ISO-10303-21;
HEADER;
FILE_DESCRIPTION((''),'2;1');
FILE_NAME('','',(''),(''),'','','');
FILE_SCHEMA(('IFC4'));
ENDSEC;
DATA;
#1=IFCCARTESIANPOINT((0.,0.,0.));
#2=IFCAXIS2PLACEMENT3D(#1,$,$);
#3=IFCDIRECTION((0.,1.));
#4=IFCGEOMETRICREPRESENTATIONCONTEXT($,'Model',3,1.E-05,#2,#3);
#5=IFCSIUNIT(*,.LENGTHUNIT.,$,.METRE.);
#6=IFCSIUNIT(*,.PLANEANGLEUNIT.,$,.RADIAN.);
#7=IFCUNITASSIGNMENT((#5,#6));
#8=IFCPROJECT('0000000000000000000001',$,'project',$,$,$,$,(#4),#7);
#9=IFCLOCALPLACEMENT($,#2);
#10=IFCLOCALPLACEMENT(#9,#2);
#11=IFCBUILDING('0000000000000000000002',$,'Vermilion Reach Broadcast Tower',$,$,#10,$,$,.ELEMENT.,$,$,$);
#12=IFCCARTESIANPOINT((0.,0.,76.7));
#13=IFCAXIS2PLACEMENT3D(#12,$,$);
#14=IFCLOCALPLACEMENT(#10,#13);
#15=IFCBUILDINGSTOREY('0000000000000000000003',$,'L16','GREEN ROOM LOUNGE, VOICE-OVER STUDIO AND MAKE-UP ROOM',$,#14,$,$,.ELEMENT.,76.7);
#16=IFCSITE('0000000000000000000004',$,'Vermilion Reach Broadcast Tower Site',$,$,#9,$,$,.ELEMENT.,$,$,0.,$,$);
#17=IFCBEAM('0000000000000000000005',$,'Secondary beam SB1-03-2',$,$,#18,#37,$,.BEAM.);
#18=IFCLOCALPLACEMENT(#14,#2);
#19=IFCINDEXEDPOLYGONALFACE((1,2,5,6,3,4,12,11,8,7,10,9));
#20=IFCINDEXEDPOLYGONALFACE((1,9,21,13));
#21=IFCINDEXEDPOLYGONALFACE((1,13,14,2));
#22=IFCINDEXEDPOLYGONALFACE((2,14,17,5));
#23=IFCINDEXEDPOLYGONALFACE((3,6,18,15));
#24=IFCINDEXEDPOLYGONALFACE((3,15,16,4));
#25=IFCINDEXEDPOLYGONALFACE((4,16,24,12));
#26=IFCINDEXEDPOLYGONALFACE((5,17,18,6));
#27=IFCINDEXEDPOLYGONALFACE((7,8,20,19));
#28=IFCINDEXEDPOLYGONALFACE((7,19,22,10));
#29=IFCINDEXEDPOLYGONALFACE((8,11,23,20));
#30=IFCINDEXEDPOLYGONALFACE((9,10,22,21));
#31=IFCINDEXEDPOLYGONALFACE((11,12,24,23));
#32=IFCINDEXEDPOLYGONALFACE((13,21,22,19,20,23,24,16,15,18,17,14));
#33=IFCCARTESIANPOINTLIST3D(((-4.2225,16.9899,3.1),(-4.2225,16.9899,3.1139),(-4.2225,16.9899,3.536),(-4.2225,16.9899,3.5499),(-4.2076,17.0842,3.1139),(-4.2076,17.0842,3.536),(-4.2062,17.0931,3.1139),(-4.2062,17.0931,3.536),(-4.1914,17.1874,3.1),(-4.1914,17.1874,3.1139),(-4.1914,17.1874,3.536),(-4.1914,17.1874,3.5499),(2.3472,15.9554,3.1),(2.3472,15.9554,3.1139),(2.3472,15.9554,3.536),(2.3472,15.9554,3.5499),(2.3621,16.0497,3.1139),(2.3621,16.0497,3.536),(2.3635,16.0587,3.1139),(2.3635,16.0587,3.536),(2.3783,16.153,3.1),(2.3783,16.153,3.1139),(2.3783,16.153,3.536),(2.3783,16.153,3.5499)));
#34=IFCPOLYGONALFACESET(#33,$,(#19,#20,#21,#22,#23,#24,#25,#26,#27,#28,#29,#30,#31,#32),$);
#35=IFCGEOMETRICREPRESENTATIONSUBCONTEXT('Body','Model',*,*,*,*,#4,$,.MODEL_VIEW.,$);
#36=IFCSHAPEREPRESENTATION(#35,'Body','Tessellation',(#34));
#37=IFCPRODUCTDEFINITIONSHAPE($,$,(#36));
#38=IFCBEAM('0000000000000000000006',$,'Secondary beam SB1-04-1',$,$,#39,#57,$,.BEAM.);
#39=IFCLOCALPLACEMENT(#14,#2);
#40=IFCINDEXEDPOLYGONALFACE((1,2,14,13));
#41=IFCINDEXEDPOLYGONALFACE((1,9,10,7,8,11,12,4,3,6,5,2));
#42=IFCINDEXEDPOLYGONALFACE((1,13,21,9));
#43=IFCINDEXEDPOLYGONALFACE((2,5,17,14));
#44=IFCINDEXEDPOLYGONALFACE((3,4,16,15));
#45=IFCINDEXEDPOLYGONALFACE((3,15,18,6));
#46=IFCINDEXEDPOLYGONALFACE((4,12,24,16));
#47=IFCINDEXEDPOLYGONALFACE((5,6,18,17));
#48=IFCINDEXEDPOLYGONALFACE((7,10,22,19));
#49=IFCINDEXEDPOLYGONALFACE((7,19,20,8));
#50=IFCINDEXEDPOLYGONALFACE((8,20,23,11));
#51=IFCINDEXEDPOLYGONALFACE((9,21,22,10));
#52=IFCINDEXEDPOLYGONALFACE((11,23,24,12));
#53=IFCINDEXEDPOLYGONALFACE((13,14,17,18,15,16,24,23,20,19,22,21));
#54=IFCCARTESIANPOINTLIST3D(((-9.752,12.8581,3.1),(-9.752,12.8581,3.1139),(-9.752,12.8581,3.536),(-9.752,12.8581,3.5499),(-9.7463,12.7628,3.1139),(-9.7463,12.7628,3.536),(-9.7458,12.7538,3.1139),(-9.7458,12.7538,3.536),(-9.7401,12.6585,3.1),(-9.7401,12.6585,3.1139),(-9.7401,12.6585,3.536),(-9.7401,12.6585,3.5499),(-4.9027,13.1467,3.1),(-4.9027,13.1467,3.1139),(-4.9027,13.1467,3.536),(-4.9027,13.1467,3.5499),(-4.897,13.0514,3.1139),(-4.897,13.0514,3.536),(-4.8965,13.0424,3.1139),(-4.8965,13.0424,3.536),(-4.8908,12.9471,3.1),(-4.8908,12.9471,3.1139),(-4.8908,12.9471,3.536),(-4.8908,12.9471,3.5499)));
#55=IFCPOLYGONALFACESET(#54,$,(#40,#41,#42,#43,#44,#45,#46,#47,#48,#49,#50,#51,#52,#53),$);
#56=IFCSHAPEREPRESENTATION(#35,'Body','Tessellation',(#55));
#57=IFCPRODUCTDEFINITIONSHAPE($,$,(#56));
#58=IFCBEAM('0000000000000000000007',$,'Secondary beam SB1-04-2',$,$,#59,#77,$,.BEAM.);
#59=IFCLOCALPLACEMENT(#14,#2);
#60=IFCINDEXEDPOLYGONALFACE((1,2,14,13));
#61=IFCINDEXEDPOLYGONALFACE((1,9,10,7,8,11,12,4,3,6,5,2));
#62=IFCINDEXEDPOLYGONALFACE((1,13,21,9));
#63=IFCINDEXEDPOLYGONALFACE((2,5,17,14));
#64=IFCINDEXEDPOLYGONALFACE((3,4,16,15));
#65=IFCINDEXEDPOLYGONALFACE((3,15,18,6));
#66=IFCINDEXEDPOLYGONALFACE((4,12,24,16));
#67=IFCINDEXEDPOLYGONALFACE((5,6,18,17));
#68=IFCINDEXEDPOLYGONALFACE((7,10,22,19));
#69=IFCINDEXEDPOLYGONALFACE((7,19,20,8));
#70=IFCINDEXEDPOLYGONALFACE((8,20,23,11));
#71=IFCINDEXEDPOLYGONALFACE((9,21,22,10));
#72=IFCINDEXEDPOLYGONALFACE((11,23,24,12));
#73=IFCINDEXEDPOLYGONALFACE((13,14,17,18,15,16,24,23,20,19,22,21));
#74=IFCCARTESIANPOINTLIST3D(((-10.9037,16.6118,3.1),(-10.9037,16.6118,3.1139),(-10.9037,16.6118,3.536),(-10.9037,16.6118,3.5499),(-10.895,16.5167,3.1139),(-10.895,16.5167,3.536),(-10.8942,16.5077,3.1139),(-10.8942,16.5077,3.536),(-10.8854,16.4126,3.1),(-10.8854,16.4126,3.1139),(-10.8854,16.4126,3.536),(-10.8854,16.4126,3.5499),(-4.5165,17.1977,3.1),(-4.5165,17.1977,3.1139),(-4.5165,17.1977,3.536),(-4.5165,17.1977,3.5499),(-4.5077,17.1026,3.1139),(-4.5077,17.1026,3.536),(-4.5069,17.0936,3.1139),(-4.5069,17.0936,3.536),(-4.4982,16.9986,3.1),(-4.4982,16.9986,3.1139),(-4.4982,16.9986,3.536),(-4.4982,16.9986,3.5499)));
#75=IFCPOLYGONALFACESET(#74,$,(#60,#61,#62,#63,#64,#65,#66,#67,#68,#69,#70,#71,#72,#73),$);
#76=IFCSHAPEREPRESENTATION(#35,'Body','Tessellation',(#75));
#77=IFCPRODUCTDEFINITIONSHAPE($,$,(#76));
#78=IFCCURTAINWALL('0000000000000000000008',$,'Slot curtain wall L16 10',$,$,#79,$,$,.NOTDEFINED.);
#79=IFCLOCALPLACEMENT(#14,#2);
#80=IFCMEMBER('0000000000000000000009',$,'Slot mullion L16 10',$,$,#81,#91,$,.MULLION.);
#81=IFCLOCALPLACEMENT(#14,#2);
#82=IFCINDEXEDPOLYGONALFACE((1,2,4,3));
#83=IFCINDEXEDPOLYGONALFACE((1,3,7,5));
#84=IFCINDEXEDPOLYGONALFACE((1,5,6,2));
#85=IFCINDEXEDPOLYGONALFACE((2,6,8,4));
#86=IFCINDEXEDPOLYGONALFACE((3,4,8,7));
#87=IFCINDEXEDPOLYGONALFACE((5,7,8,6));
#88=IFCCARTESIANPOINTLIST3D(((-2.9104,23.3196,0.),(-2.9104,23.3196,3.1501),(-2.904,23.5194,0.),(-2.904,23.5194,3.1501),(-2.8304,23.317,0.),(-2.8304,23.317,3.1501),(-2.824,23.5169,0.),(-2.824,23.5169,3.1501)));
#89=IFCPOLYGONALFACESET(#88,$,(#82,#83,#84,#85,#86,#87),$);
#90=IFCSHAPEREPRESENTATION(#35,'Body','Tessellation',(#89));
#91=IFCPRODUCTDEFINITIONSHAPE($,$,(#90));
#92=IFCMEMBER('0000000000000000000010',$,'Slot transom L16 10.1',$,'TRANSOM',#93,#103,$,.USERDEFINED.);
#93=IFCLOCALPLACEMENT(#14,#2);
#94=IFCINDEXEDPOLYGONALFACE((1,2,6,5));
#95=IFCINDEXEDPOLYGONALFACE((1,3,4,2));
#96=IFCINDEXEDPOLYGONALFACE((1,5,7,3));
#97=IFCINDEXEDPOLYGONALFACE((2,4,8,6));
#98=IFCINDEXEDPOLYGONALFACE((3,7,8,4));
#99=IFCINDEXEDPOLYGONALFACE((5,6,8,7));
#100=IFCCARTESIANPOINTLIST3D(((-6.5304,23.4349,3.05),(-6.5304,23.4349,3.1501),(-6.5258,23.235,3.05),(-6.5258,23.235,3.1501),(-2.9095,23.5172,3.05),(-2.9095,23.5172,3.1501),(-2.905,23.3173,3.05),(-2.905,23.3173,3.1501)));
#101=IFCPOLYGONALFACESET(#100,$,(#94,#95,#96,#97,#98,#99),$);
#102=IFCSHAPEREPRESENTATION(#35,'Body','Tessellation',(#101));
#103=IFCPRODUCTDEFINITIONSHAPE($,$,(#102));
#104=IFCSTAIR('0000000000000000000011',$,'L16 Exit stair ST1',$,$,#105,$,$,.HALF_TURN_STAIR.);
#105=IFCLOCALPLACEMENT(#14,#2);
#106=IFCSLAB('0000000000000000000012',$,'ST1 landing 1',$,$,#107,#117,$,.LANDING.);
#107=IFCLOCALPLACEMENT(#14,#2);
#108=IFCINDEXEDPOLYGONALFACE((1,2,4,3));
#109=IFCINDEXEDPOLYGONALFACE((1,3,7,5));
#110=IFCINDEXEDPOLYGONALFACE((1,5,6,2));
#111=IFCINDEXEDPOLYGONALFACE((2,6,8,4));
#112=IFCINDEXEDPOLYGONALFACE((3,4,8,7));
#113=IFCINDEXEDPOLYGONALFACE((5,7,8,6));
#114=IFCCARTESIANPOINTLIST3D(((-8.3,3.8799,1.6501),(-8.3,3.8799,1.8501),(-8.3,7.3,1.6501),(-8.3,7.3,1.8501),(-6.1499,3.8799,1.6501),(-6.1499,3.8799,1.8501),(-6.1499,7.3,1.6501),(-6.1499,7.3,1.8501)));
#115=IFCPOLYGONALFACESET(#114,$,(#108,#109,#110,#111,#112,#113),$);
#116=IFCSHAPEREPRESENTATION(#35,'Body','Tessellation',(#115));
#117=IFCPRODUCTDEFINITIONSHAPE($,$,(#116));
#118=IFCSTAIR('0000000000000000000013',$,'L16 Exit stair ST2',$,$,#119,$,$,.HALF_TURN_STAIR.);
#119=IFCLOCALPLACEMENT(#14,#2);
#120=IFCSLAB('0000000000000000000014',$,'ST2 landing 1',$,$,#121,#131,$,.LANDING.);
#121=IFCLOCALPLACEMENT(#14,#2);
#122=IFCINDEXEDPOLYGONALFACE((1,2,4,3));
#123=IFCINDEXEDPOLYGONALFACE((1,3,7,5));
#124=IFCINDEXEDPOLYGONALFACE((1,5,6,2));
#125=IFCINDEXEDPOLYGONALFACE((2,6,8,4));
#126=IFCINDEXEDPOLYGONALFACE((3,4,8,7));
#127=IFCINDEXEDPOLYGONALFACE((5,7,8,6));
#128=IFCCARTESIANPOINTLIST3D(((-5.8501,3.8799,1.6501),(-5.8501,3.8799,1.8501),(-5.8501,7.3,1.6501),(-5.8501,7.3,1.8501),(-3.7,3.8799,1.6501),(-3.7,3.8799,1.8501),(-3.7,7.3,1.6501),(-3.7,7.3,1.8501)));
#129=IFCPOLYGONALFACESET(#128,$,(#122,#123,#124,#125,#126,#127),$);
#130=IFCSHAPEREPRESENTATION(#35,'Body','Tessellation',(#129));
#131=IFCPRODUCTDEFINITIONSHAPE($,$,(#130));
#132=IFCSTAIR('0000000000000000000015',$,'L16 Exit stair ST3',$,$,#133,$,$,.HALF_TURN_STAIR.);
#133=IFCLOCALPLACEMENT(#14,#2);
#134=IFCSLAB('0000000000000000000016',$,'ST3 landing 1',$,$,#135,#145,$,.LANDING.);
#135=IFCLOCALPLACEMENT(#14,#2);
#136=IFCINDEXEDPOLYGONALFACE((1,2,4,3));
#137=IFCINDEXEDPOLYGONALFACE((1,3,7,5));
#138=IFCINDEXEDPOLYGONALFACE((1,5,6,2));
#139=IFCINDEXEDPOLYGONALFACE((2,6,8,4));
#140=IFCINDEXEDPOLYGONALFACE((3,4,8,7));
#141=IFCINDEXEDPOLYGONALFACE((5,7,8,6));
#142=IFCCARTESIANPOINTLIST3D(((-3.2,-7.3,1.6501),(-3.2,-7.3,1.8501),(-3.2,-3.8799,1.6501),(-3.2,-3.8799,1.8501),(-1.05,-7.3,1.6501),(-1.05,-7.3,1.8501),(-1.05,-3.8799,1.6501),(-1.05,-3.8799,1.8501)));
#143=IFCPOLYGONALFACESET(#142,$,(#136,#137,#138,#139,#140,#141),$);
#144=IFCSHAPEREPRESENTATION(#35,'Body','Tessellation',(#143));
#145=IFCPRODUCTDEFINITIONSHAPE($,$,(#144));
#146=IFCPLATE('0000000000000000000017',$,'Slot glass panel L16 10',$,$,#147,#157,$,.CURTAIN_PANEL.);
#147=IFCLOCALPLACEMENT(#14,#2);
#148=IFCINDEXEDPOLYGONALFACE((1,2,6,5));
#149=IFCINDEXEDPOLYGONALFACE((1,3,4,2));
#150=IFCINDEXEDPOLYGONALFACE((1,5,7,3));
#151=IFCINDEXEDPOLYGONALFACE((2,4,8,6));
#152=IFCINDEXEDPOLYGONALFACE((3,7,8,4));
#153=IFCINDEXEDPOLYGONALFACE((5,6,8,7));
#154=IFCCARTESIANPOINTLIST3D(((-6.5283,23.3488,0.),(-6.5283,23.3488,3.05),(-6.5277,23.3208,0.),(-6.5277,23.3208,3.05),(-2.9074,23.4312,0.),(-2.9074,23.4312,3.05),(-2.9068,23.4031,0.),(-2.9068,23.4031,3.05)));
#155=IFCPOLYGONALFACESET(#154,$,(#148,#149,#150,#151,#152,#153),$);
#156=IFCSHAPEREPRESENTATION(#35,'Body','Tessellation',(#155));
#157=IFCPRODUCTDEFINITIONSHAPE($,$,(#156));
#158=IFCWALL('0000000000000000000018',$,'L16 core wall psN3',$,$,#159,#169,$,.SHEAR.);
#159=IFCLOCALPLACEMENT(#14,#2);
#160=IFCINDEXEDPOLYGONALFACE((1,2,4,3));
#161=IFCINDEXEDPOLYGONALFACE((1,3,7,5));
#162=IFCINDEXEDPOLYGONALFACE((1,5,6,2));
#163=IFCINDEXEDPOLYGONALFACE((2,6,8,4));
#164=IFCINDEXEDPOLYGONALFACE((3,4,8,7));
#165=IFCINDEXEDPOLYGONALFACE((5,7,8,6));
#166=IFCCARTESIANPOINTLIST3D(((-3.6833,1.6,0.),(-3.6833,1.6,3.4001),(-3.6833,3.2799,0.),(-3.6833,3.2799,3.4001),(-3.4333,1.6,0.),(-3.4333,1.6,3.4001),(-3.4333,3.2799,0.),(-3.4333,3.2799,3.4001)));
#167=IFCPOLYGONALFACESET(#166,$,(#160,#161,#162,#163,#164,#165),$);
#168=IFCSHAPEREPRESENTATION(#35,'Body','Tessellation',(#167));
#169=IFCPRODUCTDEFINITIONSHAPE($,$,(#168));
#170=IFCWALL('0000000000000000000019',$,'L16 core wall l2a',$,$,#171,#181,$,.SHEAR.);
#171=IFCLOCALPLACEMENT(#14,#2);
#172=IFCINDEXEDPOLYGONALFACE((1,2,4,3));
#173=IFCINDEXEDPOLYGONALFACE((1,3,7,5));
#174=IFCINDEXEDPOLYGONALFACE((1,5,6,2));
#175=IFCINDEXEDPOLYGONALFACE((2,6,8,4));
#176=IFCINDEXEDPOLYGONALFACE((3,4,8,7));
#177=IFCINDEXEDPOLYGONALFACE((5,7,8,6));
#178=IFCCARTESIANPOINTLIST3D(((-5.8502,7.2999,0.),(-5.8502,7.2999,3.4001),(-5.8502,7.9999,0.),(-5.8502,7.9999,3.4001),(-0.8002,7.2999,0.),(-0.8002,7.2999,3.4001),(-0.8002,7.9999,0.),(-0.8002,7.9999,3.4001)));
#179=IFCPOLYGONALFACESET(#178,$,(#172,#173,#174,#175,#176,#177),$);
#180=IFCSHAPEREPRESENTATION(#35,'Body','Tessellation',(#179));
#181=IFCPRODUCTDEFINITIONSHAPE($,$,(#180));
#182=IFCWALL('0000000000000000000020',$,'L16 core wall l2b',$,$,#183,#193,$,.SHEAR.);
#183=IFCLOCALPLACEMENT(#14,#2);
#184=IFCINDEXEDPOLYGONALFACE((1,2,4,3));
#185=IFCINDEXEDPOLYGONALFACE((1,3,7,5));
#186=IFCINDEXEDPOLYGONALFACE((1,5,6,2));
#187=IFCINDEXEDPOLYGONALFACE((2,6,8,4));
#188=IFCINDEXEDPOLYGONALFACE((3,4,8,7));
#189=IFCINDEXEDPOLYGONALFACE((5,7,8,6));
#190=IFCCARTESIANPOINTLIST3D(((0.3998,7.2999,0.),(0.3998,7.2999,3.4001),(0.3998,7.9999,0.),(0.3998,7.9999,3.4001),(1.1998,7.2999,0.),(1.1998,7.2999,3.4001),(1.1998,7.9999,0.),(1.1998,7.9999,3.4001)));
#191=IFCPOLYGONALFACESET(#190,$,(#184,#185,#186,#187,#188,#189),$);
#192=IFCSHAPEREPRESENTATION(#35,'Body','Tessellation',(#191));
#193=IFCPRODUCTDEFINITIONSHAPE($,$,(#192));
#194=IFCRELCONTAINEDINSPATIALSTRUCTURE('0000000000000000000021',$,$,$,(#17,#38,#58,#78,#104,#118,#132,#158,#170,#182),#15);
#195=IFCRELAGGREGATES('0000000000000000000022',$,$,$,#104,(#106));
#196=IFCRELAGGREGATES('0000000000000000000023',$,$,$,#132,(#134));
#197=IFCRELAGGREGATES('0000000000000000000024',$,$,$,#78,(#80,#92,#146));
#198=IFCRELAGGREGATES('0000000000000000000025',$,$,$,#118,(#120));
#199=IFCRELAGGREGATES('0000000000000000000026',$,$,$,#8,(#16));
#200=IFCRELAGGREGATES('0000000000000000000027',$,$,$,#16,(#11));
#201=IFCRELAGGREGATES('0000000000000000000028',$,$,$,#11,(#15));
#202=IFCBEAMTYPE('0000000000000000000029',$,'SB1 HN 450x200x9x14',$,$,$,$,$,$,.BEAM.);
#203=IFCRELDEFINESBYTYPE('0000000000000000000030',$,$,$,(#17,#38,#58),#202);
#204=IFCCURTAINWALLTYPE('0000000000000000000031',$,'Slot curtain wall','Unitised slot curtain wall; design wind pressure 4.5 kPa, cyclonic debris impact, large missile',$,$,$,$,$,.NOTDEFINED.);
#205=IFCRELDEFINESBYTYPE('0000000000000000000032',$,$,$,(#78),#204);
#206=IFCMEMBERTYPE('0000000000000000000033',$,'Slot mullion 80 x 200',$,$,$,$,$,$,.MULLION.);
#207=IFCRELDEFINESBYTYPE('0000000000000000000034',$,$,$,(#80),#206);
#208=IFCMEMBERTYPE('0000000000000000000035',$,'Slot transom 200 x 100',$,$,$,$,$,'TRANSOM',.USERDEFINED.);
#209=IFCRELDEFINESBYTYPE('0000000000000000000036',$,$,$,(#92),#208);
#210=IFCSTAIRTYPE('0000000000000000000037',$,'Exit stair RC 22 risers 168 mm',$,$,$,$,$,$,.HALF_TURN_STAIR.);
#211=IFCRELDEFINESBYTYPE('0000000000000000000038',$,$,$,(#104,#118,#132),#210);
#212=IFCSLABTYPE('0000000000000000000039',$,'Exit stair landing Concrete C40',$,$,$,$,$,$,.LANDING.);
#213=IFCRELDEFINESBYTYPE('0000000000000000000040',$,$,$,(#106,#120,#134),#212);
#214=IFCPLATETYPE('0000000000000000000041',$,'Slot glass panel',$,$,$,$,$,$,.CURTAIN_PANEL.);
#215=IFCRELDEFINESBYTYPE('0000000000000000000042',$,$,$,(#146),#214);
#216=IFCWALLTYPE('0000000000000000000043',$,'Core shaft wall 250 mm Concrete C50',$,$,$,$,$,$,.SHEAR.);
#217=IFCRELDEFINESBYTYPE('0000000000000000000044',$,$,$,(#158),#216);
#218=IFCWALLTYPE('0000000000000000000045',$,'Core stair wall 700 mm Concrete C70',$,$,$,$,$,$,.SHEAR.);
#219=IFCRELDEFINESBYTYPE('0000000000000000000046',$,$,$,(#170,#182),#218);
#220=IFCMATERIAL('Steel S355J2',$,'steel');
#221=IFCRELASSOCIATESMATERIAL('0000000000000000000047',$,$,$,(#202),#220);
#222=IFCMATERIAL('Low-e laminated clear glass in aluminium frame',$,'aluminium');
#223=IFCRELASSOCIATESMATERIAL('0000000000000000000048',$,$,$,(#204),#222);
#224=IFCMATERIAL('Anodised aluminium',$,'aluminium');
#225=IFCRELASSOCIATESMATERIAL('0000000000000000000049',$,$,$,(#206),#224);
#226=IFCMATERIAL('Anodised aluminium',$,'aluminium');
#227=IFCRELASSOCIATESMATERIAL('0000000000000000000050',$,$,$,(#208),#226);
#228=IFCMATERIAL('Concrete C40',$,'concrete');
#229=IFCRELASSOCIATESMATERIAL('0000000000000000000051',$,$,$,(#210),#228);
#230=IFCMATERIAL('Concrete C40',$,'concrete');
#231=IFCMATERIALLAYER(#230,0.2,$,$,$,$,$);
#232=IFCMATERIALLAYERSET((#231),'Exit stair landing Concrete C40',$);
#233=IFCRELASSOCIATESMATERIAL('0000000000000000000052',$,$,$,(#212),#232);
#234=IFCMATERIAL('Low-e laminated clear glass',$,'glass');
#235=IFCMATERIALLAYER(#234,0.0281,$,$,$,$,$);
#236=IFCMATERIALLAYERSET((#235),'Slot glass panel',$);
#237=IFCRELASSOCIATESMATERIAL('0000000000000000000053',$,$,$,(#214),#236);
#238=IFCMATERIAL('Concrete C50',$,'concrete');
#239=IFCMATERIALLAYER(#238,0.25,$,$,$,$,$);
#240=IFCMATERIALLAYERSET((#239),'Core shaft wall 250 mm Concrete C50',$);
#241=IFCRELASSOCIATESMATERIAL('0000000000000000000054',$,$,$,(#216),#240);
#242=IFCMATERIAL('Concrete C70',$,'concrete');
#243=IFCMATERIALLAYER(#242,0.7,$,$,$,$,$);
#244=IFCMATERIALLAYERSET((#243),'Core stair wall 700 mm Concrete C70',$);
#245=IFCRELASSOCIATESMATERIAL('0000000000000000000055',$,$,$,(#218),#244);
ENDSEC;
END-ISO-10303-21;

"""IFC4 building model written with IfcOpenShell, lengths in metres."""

from ifc_helpers import new_model, si_unit, direction, frame, frame_2d, origin, origin_2d, place, context, subcontext, project, spatial, polyline, rectangle, i_section, outline, extrude, material, layer, layer_set, material_profile, profile_set, type_object, element, aggregate, save


model = new_model("IFC4")

# Units and contexts
model_context = context("Model", 3, precision=1e-05, world=origin(), true_north=direction((0.0, 1.0)))
body_context = subcontext(model_context, "Body", "Model", "MODEL_VIEW")
ifc_project = project(units=[si_unit("LENGTHUNIT", "METRE"), si_unit("PLANEANGLEUNIT", "RADIAN")], contexts=[model_context])

# Site, building, storey
site_placement = place(None, origin())
site = spatial("IfcSite", under=ifc_project, at=site_placement, Name="Vermilion Reach Broadcast Tower Site", CompositionType="ELEMENT", RefElevation=0.0)
building_placement = place(site_placement, origin())
building = spatial("IfcBuilding", under=site, at=building_placement, Name="Vermilion Reach Broadcast Tower", CompositionType="ELEMENT")
storey_placement = place(building_placement, frame((0.0, 0.0, 76.7)))
storey = spatial("IfcBuildingStorey", under=building, at=storey_placement, Name="L16", Description="GREEN ROOM LOUNGE, VOICE-OVER STUDIO AND MAKE-UP ROOM", CompositionType="ELEMENT", Elevation=76.7)

# Beams
ifc_material_1 = material(Name="Steel S355J2", Category="steel")
ifc_material_profile_1 = material_profile(ifc_material_1, i_section(OverallWidth=0.2, OverallDepth=0.45, WebThickness=0.009, FlangeThickness=0.0139, at=origin_2d()), Name="S355J2 HN 450x200x9x14")
ifc_profile_set_1 = profile_set([ifc_material_profile_1], Name="Steel S355J2")
beam_type_1 = type_object("IfcBeamType", Name="SB1 HN 450x200x9x14", PredefinedType="BEAM", material=ifc_profile_set_1)
beam_1_placement = place(storey_placement, frame((2.3628, 16.0542, 3.325), z_axis=(-0.98783, 0.15554, 0.0), x_axis=(-0.15554, -0.98783, 0.0)))
element("IfcBeam", 1, at=beam_1_placement, inside=storey, type_object=beam_type_1, Name="Secondary beam SB1-03-2", PredefinedType="BEAM", context=body_context, shape_type="SweptSolid", body=[
    extrude(i_section(OverallWidth=0.2, OverallDepth=0.45, WebThickness=0.009, FlangeThickness=0.0139, at=origin_2d()), origin(), (0.0, 0.0, 1.0), 6.6506),
])
beam_2_placement = place(storey_placement, frame((-4.8967, 13.0469, 3.325), z_axis=(-0.998234, -0.059403, 0.0), x_axis=(0.059403, -0.998234, 0.0)))
element("IfcBeam", 2, at=beam_2_placement, inside=storey, type_object=beam_type_1, Name="Secondary beam SB1-04-1", PredefinedType="BEAM", context=body_context, shape_type="SweptSolid", body=[
    extrude(i_section(OverallWidth=0.2, OverallDepth=0.45, WebThickness=0.009, FlangeThickness=0.0139, at=origin_2d()), origin(), (0.0, 0.0, 1.0), 4.8579),
])
beam_3_placement = place(storey_placement, frame((-4.5073, 17.0981, 3.325), z_axis=(-0.995819, -0.091353, 0.0), x_axis=(0.091353, -0.995819, 0.0)))
element("IfcBeam", 3, at=beam_3_placement, inside=storey, type_object=beam_type_1, Name="Secondary beam SB1-04-2", PredefinedType="BEAM", context=body_context, shape_type="SweptSolid", body=[
    extrude(i_section(OverallWidth=0.2, OverallDepth=0.45, WebThickness=0.009, FlangeThickness=0.0139, at=origin_2d()), origin(), (0.0, 0.0, 1.0), 6.4141),
])

# Curtain wall, members
ifc_material_2 = material(Name="Low-e laminated clear glass in aluminium frame", Category="aluminium")
curtain_wall_type = type_object("IfcCurtainWallType", Name="Slot curtain wall", Description="Unitised slot curtain wall; design wind pressure 4.5 kPa, cyclonic debris impact, large missile", PredefinedType="NOTDEFINED", material=ifc_material_2)
placement_1 = place(storey_placement, origin())
curtain_wall = element("IfcCurtainWall", 4, at=placement_1, inside=storey, type_object=curtain_wall_type, Name="Slot curtain wall L16 10", PredefinedType="NOTDEFINED")
ifc_material_3 = material(Name="Anodised aluminium", Category="aluminium")
ifc_material_profile_2 = material_profile(ifc_material_3, rectangle(XDim=0.2, YDim=0.0801, at=origin_2d()), Name="Slot mullion 80 x 200")
ifc_profile_set_2 = profile_set([ifc_material_profile_2], Name="Anodised aluminium")
member_type_1 = type_object("IfcMemberType", Name="Slot mullion 80 x 200", PredefinedType="MULLION", material=ifc_profile_set_2)
member_1_placement = place(storey_placement, frame((-2.8672, 23.4182, 0.0), z_axis=(0.0, 0.0, 1.0), x_axis=(-0.032126, -0.999484, 0.0)))
member_1 = element("IfcMember", 5, at=member_1_placement, type_object=member_type_1, Name="Slot mullion L16 10", PredefinedType="MULLION", context=body_context, shape_type="SweptSolid", body=[
    extrude(rectangle(XDim=0.2, YDim=0.0801, at=origin_2d()), origin(), (0.0, 0.0, 1.0), 3.1501),
])
ifc_material_4 = material(Name="Anodised aluminium", Category="aluminium")
ifc_material_profile_3 = material_profile(ifc_material_4, rectangle(XDim=0.2, YDim=0.1001, at=origin_2d()), Name="Slot transom 200 x 100")
ifc_profile_set_3 = profile_set([ifc_material_profile_3], Name="Anodised aluminium")
member_type_2 = type_object("IfcMemberType", Name="Slot transom 200 x 100", ElementType="TRANSOM", PredefinedType="USERDEFINED", material=ifc_profile_set_3)
member_2_placement = place(storey_placement, frame((-2.9072, 23.4172, 3.1001), z_axis=(-0.999742, -0.022717, 0.0), x_axis=(0.022717, -0.999742, 0.0)))
member_2 = element("IfcMember", 6, at=member_2_placement, type_object=member_type_2, Name="Slot transom L16 10.1", ObjectType="TRANSOM", PredefinedType="USERDEFINED", context=body_context, shape_type="SweptSolid", body=[
    extrude(rectangle(XDim=0.2, YDim=0.1001, at=origin_2d()), origin(), (0.0, 0.0, 1.0), 3.6218),
])

# Stairs, slabs
ifc_material_5 = material(Name="Concrete C40", Category="concrete")
stair_type = type_object("IfcStairType", Name="Exit stair RC 22 risers 168 mm", PredefinedType="HALF_TURN_STAIR", material=ifc_material_5)
stair_1 = element("IfcStair", 7, at=placement_1, inside=storey, type_object=stair_type, Name="L16 Exit stair ST1", PredefinedType="HALF_TURN_STAIR")
ifc_material_6 = material(Name="Concrete C40", Category="concrete")
ifc_layer_1 = layer(ifc_material_6, 0.2)
ifc_layer_set_1 = layer_set([ifc_layer_1], Name="Exit stair landing Concrete C40")
slab_type = type_object("IfcSlabType", Name="Exit stair landing Concrete C40", PredefinedType="LANDING", material=ifc_layer_set_1)
placement_2 = place(storey_placement, frame((0.0, 0.0, 1.6501)))
slab_1 = element("IfcSlab", 8, at=placement_2, type_object=slab_type, Name="ST1 landing 1", PredefinedType="LANDING", context=body_context, shape_type="SweptSolid", body=[
    extrude(outline(polyline([(-8.3, 3.8799), (-6.1499, 3.8799), (-6.1499, 7.3), (-8.3, 7.3), (-8.3, 3.8799)])), origin(), (0.0, 0.0, 1.0), 0.2),
])
aggregate(stair_1, [slab_1])
stair_2 = element("IfcStair", 9, at=placement_1, inside=storey, type_object=stair_type, Name="L16 Exit stair ST2", PredefinedType="HALF_TURN_STAIR")
slab_2 = element("IfcSlab", 10, at=placement_2, type_object=slab_type, Name="ST2 landing 1", PredefinedType="LANDING", context=body_context, shape_type="SweptSolid", body=[
    extrude(outline(polyline([(-3.7, 7.3), (-5.8501, 7.3), (-5.8501, 3.8799), (-3.7, 3.8799), (-3.7, 7.3)])), origin(), (0.0, 0.0, 1.0), 0.2),
])
stair_3 = element("IfcStair", 11, at=placement_1, inside=storey, type_object=stair_type, Name="L16 Exit stair ST3", PredefinedType="HALF_TURN_STAIR")
slab_3 = element("IfcSlab", 12, at=placement_2, type_object=slab_type, Name="ST3 landing 1", PredefinedType="LANDING", context=body_context, shape_type="SweptSolid", body=[
    extrude(outline(polyline([(-3.2, -7.3), (-1.05, -7.3), (-1.05, -3.8799), (-3.2, -3.8799), (-3.2, -7.3)])), origin(), (0.0, 0.0, 1.0), 0.2),
])
aggregate(stair_3, [slab_3])

# Plate
ifc_material_7 = material(Name="Low-e laminated clear glass", Category="glass")
ifc_layer_2 = layer(ifc_material_7, 0.0281)
ifc_layer_set_2 = layer_set([ifc_layer_2], Name="Slot glass panel")
plate_type = type_object("IfcPlateType", Name="Slot glass panel", PredefinedType="CURTAIN_PANEL", material=ifc_layer_set_2)
plate_placement = place(storey_placement, frame((-4.7175, 23.376, 0.0), z_axis=(0.0, 0.0, 1.0), x_axis=(-0.999742, -0.02273, 0.0)))
plate = element("IfcPlate", 13, at=plate_placement, type_object=plate_type, Name="Slot glass panel L16 10", PredefinedType="CURTAIN_PANEL", context=body_context, shape_type="SweptSolid", body=[
    extrude(rectangle(XDim=3.6218, YDim=0.0281, at=origin_2d()), origin(), (0.0, 0.0, 1.0), 3.05),
])
aggregate(curtain_wall, [member_1, member_2, plate])

# Walls
ifc_material_8 = material(Name="Concrete C50", Category="concrete")
ifc_layer_3 = layer(ifc_material_8, 0.25)
ifc_layer_set_3 = layer_set([ifc_layer_3], Name="Core shaft wall 250 mm Concrete C50")
wall_type_1 = type_object("IfcWallType", Name="Core shaft wall 250 mm Concrete C50", PredefinedType="SHEAR", material=ifc_layer_set_3)
wall_1_placement = place(storey_placement, frame((-3.5583, 1.6001, 0.0), z_axis=(0.0, 0.0, 1.0), x_axis=(0.0, 1.0, 0.0)))
element("IfcWall", 14, at=wall_1_placement, inside=storey, type_object=wall_type_1, Name="L16 core wall psN3", PredefinedType="SHEAR", context=body_context, shape_type="SweptSolid", body=[
    extrude(rectangle(XDim=1.6799, YDim=0.25, at=frame_2d((0.8398, 0.0))), origin(), (0.0, 0.0, 1.0), 3.4001),
])
ifc_material_9 = material(Name="Concrete C70", Category="concrete")
ifc_layer_4 = layer(ifc_material_9, 0.7)
ifc_layer_set_4 = layer_set([ifc_layer_4], Name="Core stair wall 700 mm Concrete C70")
wall_type_2 = type_object("IfcWallType", Name="Core stair wall 700 mm Concrete C70", PredefinedType="SHEAR", material=ifc_layer_set_4)
wall_2_placement = place(storey_placement, frame((-5.8501, 7.6499, 0.0), z_axis=(0.0, 0.0, 1.0), x_axis=(1.0, 0.0, 0.0)))
element("IfcWall", 15, at=wall_2_placement, inside=storey, type_object=wall_type_2, Name="L16 core wall l2a", PredefinedType="SHEAR", context=body_context, shape_type="SweptSolid", body=[
    extrude(rectangle(XDim=5.05, YDim=0.7, at=frame_2d((2.5249, 0.0))), origin(), (0.0, 0.0, 1.0), 3.4001),
])
wall_3_placement = place(storey_placement, frame((0.3999, 7.6499, 0.0), z_axis=(0.0, 0.0, 1.0), x_axis=(1.0, 0.0, 0.0)))
element("IfcWall", 16, at=wall_3_placement, inside=storey, type_object=wall_type_2, Name="L16 core wall l2b", PredefinedType="SHEAR", context=body_context, shape_type="SweptSolid", body=[
    extrude(rectangle(XDim=0.8, YDim=0.7, at=frame_2d((0.3999, 0.0))), origin(), (0.0, 0.0, 1.0), 3.4001),
])

aggregate(stair_2, [slab_2])

save(model, "model.ifc")
